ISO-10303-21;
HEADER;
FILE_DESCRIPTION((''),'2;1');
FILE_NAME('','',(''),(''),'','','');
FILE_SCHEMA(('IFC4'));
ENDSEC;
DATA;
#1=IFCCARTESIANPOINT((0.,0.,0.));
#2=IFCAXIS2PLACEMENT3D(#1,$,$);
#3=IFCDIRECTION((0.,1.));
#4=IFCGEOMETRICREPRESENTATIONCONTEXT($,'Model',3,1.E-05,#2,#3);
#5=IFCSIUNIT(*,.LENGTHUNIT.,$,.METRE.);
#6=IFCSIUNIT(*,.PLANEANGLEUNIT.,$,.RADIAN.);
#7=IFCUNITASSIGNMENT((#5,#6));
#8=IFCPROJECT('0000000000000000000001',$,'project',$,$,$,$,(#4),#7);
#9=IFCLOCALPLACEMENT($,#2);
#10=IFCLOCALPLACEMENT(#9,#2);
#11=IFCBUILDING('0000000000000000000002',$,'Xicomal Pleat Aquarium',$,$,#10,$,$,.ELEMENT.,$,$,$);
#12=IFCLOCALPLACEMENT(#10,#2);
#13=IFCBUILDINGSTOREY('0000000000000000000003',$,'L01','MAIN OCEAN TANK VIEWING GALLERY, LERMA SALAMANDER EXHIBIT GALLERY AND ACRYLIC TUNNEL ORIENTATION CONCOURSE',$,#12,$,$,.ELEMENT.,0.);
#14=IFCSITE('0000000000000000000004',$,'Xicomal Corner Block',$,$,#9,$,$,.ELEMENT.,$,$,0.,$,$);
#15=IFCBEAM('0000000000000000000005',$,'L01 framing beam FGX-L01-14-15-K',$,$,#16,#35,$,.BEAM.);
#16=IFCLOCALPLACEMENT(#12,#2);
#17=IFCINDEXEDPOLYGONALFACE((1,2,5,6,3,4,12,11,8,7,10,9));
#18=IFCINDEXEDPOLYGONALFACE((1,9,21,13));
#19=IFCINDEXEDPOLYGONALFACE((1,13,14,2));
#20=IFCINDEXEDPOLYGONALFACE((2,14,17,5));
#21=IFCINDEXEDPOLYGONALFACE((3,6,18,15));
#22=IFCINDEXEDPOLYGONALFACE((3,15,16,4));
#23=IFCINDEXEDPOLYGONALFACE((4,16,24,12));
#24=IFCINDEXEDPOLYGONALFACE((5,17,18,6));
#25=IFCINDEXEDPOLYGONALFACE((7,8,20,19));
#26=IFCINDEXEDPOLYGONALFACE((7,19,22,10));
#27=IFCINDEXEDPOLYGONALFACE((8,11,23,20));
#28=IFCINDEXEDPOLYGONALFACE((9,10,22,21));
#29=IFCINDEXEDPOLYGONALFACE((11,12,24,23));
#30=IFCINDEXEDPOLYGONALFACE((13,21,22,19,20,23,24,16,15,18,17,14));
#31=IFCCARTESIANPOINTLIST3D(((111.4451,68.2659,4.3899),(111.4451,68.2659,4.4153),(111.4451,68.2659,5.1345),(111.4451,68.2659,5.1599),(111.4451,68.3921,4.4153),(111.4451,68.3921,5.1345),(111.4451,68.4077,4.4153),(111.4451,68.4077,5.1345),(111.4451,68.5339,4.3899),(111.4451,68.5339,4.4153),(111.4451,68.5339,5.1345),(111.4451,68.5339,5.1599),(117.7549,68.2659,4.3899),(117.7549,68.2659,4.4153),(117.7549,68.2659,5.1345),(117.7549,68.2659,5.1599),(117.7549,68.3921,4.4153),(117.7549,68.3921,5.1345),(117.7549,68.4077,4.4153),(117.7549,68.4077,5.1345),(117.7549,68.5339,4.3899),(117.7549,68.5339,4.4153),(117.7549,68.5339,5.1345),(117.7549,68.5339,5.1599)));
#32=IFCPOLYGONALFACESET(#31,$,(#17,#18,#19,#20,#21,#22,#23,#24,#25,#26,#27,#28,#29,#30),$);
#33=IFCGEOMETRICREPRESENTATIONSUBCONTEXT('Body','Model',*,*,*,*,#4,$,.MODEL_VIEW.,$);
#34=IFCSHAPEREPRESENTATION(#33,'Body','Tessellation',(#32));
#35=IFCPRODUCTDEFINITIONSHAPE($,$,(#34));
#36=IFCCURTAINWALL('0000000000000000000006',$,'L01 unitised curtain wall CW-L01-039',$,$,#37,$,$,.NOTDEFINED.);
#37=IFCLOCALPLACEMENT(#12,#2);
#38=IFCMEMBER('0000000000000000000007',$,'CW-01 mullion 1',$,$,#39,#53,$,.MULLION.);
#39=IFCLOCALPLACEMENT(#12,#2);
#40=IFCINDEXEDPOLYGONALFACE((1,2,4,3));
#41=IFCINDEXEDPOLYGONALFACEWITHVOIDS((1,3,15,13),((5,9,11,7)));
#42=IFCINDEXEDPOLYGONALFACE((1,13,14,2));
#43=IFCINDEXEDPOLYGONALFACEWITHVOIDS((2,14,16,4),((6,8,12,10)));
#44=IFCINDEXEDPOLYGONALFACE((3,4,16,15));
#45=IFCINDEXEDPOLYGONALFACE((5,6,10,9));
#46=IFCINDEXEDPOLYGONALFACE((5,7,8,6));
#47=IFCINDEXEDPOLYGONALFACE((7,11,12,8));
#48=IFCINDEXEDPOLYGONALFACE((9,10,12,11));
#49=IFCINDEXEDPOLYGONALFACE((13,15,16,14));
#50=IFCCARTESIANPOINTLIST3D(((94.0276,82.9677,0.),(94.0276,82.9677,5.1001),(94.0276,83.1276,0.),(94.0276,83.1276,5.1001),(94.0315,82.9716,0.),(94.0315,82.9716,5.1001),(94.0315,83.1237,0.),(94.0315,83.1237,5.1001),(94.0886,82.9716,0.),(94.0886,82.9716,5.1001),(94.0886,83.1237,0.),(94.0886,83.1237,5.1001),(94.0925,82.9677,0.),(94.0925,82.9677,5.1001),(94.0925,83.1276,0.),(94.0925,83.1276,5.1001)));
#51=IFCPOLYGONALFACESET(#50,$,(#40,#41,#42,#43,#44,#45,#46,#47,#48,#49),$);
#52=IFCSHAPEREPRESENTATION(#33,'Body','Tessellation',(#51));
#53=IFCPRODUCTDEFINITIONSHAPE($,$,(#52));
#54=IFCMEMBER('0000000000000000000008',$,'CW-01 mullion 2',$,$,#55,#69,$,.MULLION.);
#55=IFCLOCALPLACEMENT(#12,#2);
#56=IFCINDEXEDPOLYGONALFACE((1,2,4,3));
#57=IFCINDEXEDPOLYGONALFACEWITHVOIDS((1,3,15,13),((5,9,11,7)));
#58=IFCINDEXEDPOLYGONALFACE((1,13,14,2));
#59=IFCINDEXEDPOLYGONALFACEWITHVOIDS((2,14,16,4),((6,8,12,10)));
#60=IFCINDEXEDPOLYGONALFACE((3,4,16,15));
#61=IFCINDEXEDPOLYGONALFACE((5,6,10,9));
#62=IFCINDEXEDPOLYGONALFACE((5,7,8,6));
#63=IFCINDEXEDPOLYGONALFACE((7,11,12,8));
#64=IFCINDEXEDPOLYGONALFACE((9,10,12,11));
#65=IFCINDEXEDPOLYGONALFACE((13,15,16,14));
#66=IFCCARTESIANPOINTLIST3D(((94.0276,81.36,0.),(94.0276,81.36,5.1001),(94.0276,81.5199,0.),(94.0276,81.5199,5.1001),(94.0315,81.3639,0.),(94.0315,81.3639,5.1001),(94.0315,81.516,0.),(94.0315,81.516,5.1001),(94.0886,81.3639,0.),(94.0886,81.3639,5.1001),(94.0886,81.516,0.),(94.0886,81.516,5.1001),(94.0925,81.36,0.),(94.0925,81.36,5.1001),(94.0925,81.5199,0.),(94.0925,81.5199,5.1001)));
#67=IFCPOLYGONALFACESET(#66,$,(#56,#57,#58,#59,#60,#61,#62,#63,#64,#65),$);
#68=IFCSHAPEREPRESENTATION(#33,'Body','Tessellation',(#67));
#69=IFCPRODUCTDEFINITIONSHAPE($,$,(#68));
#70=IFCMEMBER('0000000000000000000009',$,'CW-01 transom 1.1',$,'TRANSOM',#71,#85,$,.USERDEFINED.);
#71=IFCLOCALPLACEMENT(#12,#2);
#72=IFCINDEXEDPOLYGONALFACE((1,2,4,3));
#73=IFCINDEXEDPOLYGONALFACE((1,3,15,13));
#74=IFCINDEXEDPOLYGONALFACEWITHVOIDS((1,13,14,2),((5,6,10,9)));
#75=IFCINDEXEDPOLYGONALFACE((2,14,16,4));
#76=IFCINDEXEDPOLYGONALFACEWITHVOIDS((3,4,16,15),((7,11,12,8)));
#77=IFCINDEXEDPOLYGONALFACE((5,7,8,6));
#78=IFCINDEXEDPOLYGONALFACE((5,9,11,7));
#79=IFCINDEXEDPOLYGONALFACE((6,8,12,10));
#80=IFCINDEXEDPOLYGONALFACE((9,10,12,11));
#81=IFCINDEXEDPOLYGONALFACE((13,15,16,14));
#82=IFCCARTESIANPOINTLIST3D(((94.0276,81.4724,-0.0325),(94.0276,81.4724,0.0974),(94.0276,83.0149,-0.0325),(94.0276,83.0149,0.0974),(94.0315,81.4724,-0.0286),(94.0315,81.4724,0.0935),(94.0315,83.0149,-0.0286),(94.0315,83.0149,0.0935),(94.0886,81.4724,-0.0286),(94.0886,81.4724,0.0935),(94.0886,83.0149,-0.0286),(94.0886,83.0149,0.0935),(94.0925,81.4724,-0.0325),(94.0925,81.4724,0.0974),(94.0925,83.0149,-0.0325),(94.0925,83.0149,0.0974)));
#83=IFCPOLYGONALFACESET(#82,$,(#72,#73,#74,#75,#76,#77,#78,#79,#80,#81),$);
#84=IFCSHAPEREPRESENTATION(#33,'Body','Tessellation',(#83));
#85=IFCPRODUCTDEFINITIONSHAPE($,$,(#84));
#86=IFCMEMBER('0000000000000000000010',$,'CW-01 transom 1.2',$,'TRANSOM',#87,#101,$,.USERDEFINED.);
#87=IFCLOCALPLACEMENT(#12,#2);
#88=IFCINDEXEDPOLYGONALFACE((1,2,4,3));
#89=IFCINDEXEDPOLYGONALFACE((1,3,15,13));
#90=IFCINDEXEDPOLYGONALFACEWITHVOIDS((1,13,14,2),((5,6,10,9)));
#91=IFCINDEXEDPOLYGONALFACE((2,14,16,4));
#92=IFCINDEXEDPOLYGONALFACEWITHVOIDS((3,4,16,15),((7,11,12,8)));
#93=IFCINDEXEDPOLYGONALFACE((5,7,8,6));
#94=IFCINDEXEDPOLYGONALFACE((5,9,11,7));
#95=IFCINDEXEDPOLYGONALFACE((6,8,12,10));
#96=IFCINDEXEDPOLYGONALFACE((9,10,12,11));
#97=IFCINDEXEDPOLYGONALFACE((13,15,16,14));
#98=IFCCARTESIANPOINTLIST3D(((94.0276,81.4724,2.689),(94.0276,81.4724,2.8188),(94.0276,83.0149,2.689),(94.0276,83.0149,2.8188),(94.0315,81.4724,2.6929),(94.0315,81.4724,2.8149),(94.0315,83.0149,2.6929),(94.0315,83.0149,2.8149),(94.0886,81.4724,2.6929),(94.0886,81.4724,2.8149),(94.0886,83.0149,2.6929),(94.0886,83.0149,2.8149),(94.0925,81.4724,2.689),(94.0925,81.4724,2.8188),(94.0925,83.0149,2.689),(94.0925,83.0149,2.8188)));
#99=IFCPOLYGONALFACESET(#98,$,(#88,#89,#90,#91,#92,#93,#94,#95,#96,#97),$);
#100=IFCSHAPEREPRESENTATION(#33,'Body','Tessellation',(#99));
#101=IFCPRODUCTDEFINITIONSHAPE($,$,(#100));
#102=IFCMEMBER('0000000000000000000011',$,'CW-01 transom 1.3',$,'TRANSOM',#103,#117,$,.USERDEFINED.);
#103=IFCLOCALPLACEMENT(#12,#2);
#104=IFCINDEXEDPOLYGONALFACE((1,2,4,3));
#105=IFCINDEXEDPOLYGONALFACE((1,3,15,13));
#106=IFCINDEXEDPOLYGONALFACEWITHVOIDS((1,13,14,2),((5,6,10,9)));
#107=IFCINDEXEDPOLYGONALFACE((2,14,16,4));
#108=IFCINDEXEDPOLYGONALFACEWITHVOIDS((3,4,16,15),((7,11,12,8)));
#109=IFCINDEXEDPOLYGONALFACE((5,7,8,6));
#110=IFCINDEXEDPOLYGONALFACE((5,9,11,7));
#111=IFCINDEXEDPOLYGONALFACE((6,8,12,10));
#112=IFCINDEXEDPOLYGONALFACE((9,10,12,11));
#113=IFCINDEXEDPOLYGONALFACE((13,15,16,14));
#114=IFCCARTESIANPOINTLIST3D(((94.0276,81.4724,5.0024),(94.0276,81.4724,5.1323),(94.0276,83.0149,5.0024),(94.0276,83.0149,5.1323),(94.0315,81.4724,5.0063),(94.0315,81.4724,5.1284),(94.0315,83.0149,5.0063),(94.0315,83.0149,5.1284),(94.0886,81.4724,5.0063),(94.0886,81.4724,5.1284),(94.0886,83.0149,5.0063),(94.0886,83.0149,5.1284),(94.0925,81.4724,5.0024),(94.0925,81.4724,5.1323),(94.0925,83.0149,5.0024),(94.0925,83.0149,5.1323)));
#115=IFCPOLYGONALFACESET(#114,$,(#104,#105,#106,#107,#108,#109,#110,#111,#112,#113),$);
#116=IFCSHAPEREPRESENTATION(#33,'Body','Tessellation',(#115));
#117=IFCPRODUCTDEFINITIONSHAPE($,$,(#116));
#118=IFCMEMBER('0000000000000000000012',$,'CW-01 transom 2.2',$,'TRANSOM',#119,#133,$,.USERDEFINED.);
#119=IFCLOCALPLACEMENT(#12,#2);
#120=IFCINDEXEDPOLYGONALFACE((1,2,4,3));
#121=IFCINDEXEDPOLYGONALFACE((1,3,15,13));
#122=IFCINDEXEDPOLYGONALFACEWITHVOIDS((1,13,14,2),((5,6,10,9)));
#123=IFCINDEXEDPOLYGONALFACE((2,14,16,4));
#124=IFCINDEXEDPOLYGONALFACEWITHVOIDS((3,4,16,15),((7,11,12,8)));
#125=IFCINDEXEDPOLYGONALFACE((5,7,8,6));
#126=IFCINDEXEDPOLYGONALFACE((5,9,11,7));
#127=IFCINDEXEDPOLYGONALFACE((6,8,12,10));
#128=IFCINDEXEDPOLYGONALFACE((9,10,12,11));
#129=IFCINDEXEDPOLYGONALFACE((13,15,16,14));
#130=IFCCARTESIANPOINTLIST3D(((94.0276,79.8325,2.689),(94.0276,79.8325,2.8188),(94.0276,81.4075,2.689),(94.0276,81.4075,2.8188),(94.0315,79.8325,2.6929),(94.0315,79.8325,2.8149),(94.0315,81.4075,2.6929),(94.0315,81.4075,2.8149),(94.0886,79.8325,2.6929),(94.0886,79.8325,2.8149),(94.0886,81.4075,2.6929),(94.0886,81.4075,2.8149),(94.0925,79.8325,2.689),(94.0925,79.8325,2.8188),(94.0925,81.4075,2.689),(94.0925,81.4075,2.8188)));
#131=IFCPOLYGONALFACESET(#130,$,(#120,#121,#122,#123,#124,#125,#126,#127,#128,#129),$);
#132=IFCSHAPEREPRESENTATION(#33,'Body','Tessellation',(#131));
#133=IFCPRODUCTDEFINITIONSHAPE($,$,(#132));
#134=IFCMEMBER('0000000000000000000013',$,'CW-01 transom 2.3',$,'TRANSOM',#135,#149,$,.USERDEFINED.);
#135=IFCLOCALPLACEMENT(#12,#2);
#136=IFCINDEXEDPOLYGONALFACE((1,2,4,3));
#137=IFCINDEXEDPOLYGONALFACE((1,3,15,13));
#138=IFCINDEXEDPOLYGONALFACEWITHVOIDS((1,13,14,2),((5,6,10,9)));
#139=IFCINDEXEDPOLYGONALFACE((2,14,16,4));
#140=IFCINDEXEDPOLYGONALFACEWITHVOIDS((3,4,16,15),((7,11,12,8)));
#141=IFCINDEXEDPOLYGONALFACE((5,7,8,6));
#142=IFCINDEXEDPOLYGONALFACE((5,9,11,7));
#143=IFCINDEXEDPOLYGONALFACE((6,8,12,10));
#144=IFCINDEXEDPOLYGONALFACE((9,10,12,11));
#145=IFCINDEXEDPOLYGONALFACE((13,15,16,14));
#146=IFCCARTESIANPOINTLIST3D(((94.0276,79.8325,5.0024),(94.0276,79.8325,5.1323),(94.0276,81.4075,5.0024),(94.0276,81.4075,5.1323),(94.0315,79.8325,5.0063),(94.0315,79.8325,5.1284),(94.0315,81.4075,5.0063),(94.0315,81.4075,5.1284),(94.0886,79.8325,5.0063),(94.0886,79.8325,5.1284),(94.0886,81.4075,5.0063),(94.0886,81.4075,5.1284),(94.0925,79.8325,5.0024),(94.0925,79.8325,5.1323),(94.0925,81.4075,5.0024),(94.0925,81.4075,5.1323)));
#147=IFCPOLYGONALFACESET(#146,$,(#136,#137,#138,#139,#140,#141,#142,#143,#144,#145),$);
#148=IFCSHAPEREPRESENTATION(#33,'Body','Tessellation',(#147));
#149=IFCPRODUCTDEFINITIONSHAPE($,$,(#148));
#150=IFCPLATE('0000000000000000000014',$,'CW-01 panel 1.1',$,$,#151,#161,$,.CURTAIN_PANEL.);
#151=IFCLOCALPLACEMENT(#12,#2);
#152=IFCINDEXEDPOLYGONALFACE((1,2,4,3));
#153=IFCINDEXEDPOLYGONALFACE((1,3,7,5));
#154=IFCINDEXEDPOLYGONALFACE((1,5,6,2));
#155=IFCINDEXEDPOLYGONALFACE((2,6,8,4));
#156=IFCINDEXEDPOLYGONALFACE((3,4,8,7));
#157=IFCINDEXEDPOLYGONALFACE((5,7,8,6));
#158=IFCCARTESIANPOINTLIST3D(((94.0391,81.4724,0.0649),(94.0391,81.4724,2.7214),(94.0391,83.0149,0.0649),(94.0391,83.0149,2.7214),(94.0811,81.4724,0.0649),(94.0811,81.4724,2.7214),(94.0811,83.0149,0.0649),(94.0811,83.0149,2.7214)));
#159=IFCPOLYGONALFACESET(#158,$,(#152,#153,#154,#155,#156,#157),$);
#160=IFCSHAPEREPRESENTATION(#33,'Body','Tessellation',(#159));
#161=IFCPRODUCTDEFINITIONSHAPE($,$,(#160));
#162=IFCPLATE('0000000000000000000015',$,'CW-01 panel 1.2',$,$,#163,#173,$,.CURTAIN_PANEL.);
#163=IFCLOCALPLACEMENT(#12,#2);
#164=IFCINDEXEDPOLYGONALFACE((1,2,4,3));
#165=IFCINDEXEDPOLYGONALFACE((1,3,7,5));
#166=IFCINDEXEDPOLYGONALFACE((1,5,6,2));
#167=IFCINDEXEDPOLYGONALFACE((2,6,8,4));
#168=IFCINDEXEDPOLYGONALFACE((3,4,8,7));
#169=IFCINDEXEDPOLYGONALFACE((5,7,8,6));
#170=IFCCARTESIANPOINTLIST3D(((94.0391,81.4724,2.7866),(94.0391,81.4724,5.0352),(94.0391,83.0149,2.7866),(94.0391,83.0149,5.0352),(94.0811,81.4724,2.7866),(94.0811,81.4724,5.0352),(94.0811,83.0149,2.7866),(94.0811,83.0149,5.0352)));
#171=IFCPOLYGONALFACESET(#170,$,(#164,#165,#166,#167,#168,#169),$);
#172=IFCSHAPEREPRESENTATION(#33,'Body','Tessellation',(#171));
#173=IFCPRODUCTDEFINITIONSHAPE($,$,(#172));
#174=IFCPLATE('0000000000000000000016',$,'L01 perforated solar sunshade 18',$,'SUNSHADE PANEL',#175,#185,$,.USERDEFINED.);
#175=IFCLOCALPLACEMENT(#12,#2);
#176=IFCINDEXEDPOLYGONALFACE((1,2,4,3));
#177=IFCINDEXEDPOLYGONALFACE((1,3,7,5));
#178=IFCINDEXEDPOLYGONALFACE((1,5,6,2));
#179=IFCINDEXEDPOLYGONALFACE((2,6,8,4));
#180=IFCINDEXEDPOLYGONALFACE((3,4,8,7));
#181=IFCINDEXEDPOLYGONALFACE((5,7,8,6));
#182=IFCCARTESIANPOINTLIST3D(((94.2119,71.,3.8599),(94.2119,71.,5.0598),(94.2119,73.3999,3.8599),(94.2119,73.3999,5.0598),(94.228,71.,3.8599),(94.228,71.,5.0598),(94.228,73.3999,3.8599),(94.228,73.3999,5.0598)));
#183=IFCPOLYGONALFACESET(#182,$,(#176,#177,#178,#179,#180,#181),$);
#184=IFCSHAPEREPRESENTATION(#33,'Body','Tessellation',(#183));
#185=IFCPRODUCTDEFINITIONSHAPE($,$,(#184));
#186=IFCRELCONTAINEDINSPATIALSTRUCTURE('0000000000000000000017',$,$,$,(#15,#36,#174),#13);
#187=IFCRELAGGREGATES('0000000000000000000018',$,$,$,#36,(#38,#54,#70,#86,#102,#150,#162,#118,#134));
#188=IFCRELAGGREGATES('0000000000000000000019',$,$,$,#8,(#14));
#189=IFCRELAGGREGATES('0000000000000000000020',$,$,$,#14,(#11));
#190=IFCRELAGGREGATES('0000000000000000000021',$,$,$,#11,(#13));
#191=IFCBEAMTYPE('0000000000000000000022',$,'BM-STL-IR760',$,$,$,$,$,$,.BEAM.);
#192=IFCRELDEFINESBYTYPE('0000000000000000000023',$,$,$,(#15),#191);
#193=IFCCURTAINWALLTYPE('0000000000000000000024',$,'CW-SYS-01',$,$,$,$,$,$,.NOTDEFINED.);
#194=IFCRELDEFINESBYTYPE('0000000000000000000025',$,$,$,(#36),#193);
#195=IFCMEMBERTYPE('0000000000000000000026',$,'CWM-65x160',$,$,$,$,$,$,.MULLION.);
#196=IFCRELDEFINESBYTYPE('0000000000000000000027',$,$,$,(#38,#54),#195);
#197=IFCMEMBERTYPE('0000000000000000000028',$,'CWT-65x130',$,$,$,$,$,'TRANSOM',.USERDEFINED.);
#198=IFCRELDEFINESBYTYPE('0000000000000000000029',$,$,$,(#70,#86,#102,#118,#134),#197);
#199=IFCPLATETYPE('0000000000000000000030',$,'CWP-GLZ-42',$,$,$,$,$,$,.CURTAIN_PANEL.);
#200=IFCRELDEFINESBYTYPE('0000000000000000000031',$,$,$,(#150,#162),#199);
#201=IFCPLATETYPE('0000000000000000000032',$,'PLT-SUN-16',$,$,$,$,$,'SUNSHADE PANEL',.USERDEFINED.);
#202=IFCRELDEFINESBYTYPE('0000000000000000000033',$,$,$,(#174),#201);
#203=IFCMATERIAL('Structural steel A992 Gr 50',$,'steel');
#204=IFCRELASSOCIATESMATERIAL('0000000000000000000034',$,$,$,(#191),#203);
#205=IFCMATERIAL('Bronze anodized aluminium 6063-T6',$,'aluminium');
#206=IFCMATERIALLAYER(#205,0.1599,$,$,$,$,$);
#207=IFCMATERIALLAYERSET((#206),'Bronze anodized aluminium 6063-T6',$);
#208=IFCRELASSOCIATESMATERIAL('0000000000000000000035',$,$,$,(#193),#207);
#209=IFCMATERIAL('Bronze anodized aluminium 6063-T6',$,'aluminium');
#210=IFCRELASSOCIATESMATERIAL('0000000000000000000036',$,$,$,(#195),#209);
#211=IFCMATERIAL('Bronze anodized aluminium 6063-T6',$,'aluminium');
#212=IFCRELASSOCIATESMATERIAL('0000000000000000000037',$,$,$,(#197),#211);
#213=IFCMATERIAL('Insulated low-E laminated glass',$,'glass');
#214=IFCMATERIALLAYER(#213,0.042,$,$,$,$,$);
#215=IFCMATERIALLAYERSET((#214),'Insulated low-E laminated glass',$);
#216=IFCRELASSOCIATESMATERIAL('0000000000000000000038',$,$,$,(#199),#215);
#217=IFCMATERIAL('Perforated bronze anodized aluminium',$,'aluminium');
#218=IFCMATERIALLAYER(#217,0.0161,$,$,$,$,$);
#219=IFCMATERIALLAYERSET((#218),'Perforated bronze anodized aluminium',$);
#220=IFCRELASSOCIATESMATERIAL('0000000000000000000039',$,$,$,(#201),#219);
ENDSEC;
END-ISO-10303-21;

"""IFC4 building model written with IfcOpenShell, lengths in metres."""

from ifc_helpers import new_model, si_unit, direction, frame, origin, origin_2d, place, context, subcontext, project, spatial, rectangle, hollow_rectangle, i_section, extrude, material, layer, layer_set, material_profile, profile_set, type_object, element, aggregate, save


model = new_model("IFC4")

# Units and contexts
model_context = context("Model", 3, precision=1e-05, world=origin(), true_north=direction((0.0, 1.0)))
body_context = subcontext(model_context, "Body", "Model", "MODEL_VIEW")
ifc_project = project(units=[si_unit("LENGTHUNIT", "METRE"), si_unit("PLANEANGLEUNIT", "RADIAN")], contexts=[model_context])

# Site, building, storey
site_placement = place(None, origin())
site = spatial("IfcSite", under=ifc_project, at=site_placement, Name="Xicomal Corner Block", CompositionType="ELEMENT", RefElevation=0.0)
building_placement = place(site_placement, origin())
building = spatial("IfcBuilding", under=site, at=building_placement, Name="Xicomal Pleat Aquarium", CompositionType="ELEMENT")
storey_placement = place(building_placement, origin())
storey = spatial("IfcBuildingStorey", under=building, at=storey_placement, Name="L01", Description="MAIN OCEAN TANK VIEWING GALLERY, LERMA SALAMANDER EXHIBIT GALLERY AND ACRYLIC TUNNEL ORIENTATION CONCOURSE", CompositionType="ELEMENT", Elevation=0.0)

# Beam
ifc_material_1 = material(Name="Structural steel A992 Gr 50", Category="steel")
ifc_material_profile_1 = material_profile(ifc_material_1, i_section(OverallWidth=0.2681, OverallDepth=0.77, WebThickness=0.0156, FlangeThickness=0.0254, at=origin_2d()), Name="IR 760x196")
ifc_profile_set_1 = profile_set([ifc_material_profile_1], Name="Structural steel A992 Gr 50")
beam_type_1 = type_object("IfcBeamType", Name="BM-STL-IR760", PredefinedType="BEAM", material=ifc_profile_set_1)
beam_1_placement = place(storey_placement, frame((111.4451, 68.3999, 4.7749), z_axis=(1.0, 0.0, 0.0), x_axis=(0.0, 1.0, 0.0)))
element("IfcBeam", 1, at=beam_1_placement, inside=storey, type_object=beam_type_1, Name="L01 framing beam FGX-L01-14-15-K", PredefinedType="BEAM", context=body_context, shape_type="SweptSolid", body=[
    extrude(i_section(OverallWidth=0.2681, OverallDepth=0.77, WebThickness=0.0156, FlangeThickness=0.0254, at=origin_2d()), origin(), (0.0, 0.0, 1.0), 6.3098),
])

# Curtain wall, members, plates
ifc_material_2 = material(Name="Bronze anodized aluminium 6063-T6", Category="aluminium")
ifc_layer_1 = layer(ifc_material_2, 0.1599)
ifc_layer_set_1 = layer_set([ifc_layer_1], Name="Bronze anodized aluminium 6063-T6")
curtain_wall_type = type_object("IfcCurtainWallType", Name="CW-SYS-01", PredefinedType="NOTDEFINED", material=ifc_layer_set_1)
curtain_wall_placement = place(storey_placement, origin())
curtain_wall = element("IfcCurtainWall", 2, at=curtain_wall_placement, inside=storey, type_object=curtain_wall_type, Name="L01 unitised curtain wall CW-L01-039", PredefinedType="NOTDEFINED")
ifc_material_3 = material(Name="Bronze anodized aluminium 6063-T6", Category="aluminium")
ifc_material_profile_2 = material_profile(ifc_material_3, hollow_rectangle(XDim=0.0649, YDim=0.1599, WallThickness=0.0039, at=origin_2d()), Name="ALU MULL 65x160")
ifc_profile_set_2 = profile_set([ifc_material_profile_2], Name="Bronze anodized aluminium 6063-T6")
member_type_1 = type_object("IfcMemberType", Name="CWM-65x160", PredefinedType="MULLION", material=ifc_profile_set_2)
member_1_placement = place(storey_placement, frame((94.0601, 83.0476, 0.0), z_axis=(0.0, 0.0, 1.0), x_axis=(1.0, 0.0, 0.0)))
member_1 = element("IfcMember", 3, at=member_1_placement, type_object=member_type_1, Name="CW-01 mullion 1", PredefinedType="MULLION", context=body_context, shape_type="SweptSolid", body=[
    extrude(hollow_rectangle(XDim=0.0649, YDim=0.1599, WallThickness=0.0039, at=origin_2d()), origin(), (0.0, 0.0, 1.0), 5.1001),
])
member_2_placement = place(storey_placement, frame((94.0601, 81.4399, 0.0), z_axis=(0.0, 0.0, 1.0), x_axis=(1.0, 0.0, 0.0)))
member_2 = element("IfcMember", 4, at=member_2_placement, type_object=member_type_1, Name="CW-01 mullion 2", PredefinedType="MULLION", context=body_context, shape_type="SweptSolid", body=[
    extrude(hollow_rectangle(XDim=0.0649, YDim=0.1599, WallThickness=0.0039, at=origin_2d()), origin(), (0.0, 0.0, 1.0), 5.1001),
])
ifc_material_4 = material(Name="Bronze anodized aluminium 6063-T6", Category="aluminium")
ifc_material_profile_3 = material_profile(ifc_material_4, hollow_rectangle(XDim=0.0649, YDim=0.1299, WallThickness=0.0039, at=origin_2d()), Name="ALU TRAN 65x130")
ifc_profile_set_3 = profile_set([ifc_material_profile_3], Name="Bronze anodized aluminium 6063-T6")
member_type_2 = type_object("IfcMemberType", Name="CWT-65x130", ElementType="TRANSOM", PredefinedType="USERDEFINED", material=ifc_profile_set_3)
member_3_placement = place(storey_placement, frame((94.0601, 83.0149, 0.0325), z_axis=(0.0, -1.0, 0.0), x_axis=(1.0, 0.0, 0.0)))
member_3 = element("IfcMember", 5, at=member_3_placement, type_object=member_type_2, Name="CW-01 transom 1.1", ObjectType="TRANSOM", PredefinedType="USERDEFINED", context=body_context, shape_type="SweptSolid", body=[
    extrude(hollow_rectangle(XDim=0.0649, YDim=0.1299, WallThickness=0.0039, at=origin_2d()), origin(), (0.0, 0.0, 1.0), 1.5425),
])
member_4_placement = place(storey_placement, frame((94.0601, 83.0149, 2.7539), z_axis=(0.0, -1.0, 0.0), x_axis=(1.0, 0.0, 0.0)))
member_4 = element("IfcMember", 6, at=member_4_placement, type_object=member_type_2, Name="CW-01 transom 1.2", ObjectType="TRANSOM", PredefinedType="USERDEFINED", context=body_context, shape_type="SweptSolid", body=[
    extrude(hollow_rectangle(XDim=0.0649, YDim=0.1299, WallThickness=0.0039, at=origin_2d()), origin(), (0.0, 0.0, 1.0), 1.5425),
])
member_5_placement = place(storey_placement, frame((94.0601, 83.0149, 5.0674), z_axis=(0.0, -1.0, 0.0), x_axis=(1.0, 0.0, 0.0)))
member_5 = element("IfcMember", 7, at=member_5_placement, type_object=member_type_2, Name="CW-01 transom 1.3", ObjectType="TRANSOM", PredefinedType="USERDEFINED", context=body_context, shape_type="SweptSolid", body=[
    extrude(hollow_rectangle(XDim=0.0649, YDim=0.1299, WallThickness=0.0039, at=origin_2d()), origin(), (0.0, 0.0, 1.0), 1.5425),
])
member_6_placement = place(storey_placement, frame((94.0601, 81.4075, 2.7539), z_axis=(0.0, -1.0, 0.0), x_axis=(1.0, 0.0, 0.0)))
member_6 = element("IfcMember", 8, at=member_6_placement, type_object=member_type_2, Name="CW-01 transom 2.2", ObjectType="TRANSOM", PredefinedType="USERDEFINED", context=body_context, shape_type="SweptSolid", body=[
    extrude(hollow_rectangle(XDim=0.0649, YDim=0.1299, WallThickness=0.0039, at=origin_2d()), origin(), (0.0, 0.0, 1.0), 1.575),
])
member_7_placement = place(storey_placement, frame((94.0601, 81.4075, 5.0674), z_axis=(0.0, -1.0, 0.0), x_axis=(1.0, 0.0, 0.0)))
member_7 = element("IfcMember", 9, at=member_7_placement, type_object=member_type_2, Name="CW-01 transom 2.3", ObjectType="TRANSOM", PredefinedType="USERDEFINED", context=body_context, shape_type="SweptSolid", body=[
    extrude(hollow_rectangle(XDim=0.0649, YDim=0.1299, WallThickness=0.0039, at=origin_2d()), origin(), (0.0, 0.0, 1.0), 1.575),
])
ifc_material_5 = material(Name="Insulated low-E laminated glass", Category="glass")
ifc_layer_2 = layer(ifc_material_5, 0.042)
ifc_layer_set_2 = layer_set([ifc_layer_2], Name="Insulated low-E laminated glass")
plate_type_1 = type_object("IfcPlateType", Name="CWP-GLZ-42", PredefinedType="CURTAIN_PANEL", material=ifc_layer_set_2)
plate_1_placement = place(storey_placement, frame((94.0601, 82.2437, 0.0649), z_axis=(0.0, 0.0, 1.0), x_axis=(0.0, -1.0, 0.0)))
plate_1 = element("IfcPlate", 10, at=plate_1_placement, type_object=plate_type_1, Name="CW-01 panel 1.1", PredefinedType="CURTAIN_PANEL", context=body_context, shape_type="SweptSolid", body=[
    extrude(rectangle(XDim=1.5425, YDim=0.042, at=origin_2d()), origin(), (0.0, 0.0, 1.0), 2.6565),
])
plate_2_placement = place(storey_placement, frame((94.0601, 82.2437, 2.7866), z_axis=(0.0, 0.0, 1.0), x_axis=(0.0, -1.0, 0.0)))
plate_2 = element("IfcPlate", 11, at=plate_2_placement, type_object=plate_type_1, Name="CW-01 panel 1.2", PredefinedType="CURTAIN_PANEL", context=body_context, shape_type="SweptSolid", body=[
    extrude(rectangle(XDim=1.5425, YDim=0.042, at=origin_2d()), origin(), (0.0, 0.0, 1.0), 2.2485),
])
aggregate(curtain_wall, [member_1, member_2, member_3, member_4, member_5, plate_1, plate_2, member_6, member_7])

# Plate
ifc_material_6 = material(Name="Perforated bronze anodized aluminium", Category="aluminium")
ifc_layer_3 = layer(ifc_material_6, 0.0161)
ifc_layer_set_3 = layer_set([ifc_layer_3], Name="Perforated bronze anodized aluminium")
plate_type_2 = type_object("IfcPlateType", Name="PLT-SUN-16", ElementType="SUNSHADE PANEL", PredefinedType="USERDEFINED", material=ifc_layer_set_3)
plate_3_placement = place(storey_placement, frame((94.22, 72.2, 3.8599), z_axis=(0.0, 0.0, 1.0), x_axis=(0.0, -1.0, 0.0)))
element("IfcPlate", 12, at=plate_3_placement, inside=storey, type_object=plate_type_2, Name="L01 perforated solar sunshade 18", ObjectType="SUNSHADE PANEL", PredefinedType="USERDEFINED", context=body_context, shape_type="SweptSolid", body=[
    extrude(rectangle(XDim=2.3999, YDim=0.0161, at=origin_2d()), origin(), (0.0, 0.0, 1.0), 1.2),
])

save(model, "model.ifc")
